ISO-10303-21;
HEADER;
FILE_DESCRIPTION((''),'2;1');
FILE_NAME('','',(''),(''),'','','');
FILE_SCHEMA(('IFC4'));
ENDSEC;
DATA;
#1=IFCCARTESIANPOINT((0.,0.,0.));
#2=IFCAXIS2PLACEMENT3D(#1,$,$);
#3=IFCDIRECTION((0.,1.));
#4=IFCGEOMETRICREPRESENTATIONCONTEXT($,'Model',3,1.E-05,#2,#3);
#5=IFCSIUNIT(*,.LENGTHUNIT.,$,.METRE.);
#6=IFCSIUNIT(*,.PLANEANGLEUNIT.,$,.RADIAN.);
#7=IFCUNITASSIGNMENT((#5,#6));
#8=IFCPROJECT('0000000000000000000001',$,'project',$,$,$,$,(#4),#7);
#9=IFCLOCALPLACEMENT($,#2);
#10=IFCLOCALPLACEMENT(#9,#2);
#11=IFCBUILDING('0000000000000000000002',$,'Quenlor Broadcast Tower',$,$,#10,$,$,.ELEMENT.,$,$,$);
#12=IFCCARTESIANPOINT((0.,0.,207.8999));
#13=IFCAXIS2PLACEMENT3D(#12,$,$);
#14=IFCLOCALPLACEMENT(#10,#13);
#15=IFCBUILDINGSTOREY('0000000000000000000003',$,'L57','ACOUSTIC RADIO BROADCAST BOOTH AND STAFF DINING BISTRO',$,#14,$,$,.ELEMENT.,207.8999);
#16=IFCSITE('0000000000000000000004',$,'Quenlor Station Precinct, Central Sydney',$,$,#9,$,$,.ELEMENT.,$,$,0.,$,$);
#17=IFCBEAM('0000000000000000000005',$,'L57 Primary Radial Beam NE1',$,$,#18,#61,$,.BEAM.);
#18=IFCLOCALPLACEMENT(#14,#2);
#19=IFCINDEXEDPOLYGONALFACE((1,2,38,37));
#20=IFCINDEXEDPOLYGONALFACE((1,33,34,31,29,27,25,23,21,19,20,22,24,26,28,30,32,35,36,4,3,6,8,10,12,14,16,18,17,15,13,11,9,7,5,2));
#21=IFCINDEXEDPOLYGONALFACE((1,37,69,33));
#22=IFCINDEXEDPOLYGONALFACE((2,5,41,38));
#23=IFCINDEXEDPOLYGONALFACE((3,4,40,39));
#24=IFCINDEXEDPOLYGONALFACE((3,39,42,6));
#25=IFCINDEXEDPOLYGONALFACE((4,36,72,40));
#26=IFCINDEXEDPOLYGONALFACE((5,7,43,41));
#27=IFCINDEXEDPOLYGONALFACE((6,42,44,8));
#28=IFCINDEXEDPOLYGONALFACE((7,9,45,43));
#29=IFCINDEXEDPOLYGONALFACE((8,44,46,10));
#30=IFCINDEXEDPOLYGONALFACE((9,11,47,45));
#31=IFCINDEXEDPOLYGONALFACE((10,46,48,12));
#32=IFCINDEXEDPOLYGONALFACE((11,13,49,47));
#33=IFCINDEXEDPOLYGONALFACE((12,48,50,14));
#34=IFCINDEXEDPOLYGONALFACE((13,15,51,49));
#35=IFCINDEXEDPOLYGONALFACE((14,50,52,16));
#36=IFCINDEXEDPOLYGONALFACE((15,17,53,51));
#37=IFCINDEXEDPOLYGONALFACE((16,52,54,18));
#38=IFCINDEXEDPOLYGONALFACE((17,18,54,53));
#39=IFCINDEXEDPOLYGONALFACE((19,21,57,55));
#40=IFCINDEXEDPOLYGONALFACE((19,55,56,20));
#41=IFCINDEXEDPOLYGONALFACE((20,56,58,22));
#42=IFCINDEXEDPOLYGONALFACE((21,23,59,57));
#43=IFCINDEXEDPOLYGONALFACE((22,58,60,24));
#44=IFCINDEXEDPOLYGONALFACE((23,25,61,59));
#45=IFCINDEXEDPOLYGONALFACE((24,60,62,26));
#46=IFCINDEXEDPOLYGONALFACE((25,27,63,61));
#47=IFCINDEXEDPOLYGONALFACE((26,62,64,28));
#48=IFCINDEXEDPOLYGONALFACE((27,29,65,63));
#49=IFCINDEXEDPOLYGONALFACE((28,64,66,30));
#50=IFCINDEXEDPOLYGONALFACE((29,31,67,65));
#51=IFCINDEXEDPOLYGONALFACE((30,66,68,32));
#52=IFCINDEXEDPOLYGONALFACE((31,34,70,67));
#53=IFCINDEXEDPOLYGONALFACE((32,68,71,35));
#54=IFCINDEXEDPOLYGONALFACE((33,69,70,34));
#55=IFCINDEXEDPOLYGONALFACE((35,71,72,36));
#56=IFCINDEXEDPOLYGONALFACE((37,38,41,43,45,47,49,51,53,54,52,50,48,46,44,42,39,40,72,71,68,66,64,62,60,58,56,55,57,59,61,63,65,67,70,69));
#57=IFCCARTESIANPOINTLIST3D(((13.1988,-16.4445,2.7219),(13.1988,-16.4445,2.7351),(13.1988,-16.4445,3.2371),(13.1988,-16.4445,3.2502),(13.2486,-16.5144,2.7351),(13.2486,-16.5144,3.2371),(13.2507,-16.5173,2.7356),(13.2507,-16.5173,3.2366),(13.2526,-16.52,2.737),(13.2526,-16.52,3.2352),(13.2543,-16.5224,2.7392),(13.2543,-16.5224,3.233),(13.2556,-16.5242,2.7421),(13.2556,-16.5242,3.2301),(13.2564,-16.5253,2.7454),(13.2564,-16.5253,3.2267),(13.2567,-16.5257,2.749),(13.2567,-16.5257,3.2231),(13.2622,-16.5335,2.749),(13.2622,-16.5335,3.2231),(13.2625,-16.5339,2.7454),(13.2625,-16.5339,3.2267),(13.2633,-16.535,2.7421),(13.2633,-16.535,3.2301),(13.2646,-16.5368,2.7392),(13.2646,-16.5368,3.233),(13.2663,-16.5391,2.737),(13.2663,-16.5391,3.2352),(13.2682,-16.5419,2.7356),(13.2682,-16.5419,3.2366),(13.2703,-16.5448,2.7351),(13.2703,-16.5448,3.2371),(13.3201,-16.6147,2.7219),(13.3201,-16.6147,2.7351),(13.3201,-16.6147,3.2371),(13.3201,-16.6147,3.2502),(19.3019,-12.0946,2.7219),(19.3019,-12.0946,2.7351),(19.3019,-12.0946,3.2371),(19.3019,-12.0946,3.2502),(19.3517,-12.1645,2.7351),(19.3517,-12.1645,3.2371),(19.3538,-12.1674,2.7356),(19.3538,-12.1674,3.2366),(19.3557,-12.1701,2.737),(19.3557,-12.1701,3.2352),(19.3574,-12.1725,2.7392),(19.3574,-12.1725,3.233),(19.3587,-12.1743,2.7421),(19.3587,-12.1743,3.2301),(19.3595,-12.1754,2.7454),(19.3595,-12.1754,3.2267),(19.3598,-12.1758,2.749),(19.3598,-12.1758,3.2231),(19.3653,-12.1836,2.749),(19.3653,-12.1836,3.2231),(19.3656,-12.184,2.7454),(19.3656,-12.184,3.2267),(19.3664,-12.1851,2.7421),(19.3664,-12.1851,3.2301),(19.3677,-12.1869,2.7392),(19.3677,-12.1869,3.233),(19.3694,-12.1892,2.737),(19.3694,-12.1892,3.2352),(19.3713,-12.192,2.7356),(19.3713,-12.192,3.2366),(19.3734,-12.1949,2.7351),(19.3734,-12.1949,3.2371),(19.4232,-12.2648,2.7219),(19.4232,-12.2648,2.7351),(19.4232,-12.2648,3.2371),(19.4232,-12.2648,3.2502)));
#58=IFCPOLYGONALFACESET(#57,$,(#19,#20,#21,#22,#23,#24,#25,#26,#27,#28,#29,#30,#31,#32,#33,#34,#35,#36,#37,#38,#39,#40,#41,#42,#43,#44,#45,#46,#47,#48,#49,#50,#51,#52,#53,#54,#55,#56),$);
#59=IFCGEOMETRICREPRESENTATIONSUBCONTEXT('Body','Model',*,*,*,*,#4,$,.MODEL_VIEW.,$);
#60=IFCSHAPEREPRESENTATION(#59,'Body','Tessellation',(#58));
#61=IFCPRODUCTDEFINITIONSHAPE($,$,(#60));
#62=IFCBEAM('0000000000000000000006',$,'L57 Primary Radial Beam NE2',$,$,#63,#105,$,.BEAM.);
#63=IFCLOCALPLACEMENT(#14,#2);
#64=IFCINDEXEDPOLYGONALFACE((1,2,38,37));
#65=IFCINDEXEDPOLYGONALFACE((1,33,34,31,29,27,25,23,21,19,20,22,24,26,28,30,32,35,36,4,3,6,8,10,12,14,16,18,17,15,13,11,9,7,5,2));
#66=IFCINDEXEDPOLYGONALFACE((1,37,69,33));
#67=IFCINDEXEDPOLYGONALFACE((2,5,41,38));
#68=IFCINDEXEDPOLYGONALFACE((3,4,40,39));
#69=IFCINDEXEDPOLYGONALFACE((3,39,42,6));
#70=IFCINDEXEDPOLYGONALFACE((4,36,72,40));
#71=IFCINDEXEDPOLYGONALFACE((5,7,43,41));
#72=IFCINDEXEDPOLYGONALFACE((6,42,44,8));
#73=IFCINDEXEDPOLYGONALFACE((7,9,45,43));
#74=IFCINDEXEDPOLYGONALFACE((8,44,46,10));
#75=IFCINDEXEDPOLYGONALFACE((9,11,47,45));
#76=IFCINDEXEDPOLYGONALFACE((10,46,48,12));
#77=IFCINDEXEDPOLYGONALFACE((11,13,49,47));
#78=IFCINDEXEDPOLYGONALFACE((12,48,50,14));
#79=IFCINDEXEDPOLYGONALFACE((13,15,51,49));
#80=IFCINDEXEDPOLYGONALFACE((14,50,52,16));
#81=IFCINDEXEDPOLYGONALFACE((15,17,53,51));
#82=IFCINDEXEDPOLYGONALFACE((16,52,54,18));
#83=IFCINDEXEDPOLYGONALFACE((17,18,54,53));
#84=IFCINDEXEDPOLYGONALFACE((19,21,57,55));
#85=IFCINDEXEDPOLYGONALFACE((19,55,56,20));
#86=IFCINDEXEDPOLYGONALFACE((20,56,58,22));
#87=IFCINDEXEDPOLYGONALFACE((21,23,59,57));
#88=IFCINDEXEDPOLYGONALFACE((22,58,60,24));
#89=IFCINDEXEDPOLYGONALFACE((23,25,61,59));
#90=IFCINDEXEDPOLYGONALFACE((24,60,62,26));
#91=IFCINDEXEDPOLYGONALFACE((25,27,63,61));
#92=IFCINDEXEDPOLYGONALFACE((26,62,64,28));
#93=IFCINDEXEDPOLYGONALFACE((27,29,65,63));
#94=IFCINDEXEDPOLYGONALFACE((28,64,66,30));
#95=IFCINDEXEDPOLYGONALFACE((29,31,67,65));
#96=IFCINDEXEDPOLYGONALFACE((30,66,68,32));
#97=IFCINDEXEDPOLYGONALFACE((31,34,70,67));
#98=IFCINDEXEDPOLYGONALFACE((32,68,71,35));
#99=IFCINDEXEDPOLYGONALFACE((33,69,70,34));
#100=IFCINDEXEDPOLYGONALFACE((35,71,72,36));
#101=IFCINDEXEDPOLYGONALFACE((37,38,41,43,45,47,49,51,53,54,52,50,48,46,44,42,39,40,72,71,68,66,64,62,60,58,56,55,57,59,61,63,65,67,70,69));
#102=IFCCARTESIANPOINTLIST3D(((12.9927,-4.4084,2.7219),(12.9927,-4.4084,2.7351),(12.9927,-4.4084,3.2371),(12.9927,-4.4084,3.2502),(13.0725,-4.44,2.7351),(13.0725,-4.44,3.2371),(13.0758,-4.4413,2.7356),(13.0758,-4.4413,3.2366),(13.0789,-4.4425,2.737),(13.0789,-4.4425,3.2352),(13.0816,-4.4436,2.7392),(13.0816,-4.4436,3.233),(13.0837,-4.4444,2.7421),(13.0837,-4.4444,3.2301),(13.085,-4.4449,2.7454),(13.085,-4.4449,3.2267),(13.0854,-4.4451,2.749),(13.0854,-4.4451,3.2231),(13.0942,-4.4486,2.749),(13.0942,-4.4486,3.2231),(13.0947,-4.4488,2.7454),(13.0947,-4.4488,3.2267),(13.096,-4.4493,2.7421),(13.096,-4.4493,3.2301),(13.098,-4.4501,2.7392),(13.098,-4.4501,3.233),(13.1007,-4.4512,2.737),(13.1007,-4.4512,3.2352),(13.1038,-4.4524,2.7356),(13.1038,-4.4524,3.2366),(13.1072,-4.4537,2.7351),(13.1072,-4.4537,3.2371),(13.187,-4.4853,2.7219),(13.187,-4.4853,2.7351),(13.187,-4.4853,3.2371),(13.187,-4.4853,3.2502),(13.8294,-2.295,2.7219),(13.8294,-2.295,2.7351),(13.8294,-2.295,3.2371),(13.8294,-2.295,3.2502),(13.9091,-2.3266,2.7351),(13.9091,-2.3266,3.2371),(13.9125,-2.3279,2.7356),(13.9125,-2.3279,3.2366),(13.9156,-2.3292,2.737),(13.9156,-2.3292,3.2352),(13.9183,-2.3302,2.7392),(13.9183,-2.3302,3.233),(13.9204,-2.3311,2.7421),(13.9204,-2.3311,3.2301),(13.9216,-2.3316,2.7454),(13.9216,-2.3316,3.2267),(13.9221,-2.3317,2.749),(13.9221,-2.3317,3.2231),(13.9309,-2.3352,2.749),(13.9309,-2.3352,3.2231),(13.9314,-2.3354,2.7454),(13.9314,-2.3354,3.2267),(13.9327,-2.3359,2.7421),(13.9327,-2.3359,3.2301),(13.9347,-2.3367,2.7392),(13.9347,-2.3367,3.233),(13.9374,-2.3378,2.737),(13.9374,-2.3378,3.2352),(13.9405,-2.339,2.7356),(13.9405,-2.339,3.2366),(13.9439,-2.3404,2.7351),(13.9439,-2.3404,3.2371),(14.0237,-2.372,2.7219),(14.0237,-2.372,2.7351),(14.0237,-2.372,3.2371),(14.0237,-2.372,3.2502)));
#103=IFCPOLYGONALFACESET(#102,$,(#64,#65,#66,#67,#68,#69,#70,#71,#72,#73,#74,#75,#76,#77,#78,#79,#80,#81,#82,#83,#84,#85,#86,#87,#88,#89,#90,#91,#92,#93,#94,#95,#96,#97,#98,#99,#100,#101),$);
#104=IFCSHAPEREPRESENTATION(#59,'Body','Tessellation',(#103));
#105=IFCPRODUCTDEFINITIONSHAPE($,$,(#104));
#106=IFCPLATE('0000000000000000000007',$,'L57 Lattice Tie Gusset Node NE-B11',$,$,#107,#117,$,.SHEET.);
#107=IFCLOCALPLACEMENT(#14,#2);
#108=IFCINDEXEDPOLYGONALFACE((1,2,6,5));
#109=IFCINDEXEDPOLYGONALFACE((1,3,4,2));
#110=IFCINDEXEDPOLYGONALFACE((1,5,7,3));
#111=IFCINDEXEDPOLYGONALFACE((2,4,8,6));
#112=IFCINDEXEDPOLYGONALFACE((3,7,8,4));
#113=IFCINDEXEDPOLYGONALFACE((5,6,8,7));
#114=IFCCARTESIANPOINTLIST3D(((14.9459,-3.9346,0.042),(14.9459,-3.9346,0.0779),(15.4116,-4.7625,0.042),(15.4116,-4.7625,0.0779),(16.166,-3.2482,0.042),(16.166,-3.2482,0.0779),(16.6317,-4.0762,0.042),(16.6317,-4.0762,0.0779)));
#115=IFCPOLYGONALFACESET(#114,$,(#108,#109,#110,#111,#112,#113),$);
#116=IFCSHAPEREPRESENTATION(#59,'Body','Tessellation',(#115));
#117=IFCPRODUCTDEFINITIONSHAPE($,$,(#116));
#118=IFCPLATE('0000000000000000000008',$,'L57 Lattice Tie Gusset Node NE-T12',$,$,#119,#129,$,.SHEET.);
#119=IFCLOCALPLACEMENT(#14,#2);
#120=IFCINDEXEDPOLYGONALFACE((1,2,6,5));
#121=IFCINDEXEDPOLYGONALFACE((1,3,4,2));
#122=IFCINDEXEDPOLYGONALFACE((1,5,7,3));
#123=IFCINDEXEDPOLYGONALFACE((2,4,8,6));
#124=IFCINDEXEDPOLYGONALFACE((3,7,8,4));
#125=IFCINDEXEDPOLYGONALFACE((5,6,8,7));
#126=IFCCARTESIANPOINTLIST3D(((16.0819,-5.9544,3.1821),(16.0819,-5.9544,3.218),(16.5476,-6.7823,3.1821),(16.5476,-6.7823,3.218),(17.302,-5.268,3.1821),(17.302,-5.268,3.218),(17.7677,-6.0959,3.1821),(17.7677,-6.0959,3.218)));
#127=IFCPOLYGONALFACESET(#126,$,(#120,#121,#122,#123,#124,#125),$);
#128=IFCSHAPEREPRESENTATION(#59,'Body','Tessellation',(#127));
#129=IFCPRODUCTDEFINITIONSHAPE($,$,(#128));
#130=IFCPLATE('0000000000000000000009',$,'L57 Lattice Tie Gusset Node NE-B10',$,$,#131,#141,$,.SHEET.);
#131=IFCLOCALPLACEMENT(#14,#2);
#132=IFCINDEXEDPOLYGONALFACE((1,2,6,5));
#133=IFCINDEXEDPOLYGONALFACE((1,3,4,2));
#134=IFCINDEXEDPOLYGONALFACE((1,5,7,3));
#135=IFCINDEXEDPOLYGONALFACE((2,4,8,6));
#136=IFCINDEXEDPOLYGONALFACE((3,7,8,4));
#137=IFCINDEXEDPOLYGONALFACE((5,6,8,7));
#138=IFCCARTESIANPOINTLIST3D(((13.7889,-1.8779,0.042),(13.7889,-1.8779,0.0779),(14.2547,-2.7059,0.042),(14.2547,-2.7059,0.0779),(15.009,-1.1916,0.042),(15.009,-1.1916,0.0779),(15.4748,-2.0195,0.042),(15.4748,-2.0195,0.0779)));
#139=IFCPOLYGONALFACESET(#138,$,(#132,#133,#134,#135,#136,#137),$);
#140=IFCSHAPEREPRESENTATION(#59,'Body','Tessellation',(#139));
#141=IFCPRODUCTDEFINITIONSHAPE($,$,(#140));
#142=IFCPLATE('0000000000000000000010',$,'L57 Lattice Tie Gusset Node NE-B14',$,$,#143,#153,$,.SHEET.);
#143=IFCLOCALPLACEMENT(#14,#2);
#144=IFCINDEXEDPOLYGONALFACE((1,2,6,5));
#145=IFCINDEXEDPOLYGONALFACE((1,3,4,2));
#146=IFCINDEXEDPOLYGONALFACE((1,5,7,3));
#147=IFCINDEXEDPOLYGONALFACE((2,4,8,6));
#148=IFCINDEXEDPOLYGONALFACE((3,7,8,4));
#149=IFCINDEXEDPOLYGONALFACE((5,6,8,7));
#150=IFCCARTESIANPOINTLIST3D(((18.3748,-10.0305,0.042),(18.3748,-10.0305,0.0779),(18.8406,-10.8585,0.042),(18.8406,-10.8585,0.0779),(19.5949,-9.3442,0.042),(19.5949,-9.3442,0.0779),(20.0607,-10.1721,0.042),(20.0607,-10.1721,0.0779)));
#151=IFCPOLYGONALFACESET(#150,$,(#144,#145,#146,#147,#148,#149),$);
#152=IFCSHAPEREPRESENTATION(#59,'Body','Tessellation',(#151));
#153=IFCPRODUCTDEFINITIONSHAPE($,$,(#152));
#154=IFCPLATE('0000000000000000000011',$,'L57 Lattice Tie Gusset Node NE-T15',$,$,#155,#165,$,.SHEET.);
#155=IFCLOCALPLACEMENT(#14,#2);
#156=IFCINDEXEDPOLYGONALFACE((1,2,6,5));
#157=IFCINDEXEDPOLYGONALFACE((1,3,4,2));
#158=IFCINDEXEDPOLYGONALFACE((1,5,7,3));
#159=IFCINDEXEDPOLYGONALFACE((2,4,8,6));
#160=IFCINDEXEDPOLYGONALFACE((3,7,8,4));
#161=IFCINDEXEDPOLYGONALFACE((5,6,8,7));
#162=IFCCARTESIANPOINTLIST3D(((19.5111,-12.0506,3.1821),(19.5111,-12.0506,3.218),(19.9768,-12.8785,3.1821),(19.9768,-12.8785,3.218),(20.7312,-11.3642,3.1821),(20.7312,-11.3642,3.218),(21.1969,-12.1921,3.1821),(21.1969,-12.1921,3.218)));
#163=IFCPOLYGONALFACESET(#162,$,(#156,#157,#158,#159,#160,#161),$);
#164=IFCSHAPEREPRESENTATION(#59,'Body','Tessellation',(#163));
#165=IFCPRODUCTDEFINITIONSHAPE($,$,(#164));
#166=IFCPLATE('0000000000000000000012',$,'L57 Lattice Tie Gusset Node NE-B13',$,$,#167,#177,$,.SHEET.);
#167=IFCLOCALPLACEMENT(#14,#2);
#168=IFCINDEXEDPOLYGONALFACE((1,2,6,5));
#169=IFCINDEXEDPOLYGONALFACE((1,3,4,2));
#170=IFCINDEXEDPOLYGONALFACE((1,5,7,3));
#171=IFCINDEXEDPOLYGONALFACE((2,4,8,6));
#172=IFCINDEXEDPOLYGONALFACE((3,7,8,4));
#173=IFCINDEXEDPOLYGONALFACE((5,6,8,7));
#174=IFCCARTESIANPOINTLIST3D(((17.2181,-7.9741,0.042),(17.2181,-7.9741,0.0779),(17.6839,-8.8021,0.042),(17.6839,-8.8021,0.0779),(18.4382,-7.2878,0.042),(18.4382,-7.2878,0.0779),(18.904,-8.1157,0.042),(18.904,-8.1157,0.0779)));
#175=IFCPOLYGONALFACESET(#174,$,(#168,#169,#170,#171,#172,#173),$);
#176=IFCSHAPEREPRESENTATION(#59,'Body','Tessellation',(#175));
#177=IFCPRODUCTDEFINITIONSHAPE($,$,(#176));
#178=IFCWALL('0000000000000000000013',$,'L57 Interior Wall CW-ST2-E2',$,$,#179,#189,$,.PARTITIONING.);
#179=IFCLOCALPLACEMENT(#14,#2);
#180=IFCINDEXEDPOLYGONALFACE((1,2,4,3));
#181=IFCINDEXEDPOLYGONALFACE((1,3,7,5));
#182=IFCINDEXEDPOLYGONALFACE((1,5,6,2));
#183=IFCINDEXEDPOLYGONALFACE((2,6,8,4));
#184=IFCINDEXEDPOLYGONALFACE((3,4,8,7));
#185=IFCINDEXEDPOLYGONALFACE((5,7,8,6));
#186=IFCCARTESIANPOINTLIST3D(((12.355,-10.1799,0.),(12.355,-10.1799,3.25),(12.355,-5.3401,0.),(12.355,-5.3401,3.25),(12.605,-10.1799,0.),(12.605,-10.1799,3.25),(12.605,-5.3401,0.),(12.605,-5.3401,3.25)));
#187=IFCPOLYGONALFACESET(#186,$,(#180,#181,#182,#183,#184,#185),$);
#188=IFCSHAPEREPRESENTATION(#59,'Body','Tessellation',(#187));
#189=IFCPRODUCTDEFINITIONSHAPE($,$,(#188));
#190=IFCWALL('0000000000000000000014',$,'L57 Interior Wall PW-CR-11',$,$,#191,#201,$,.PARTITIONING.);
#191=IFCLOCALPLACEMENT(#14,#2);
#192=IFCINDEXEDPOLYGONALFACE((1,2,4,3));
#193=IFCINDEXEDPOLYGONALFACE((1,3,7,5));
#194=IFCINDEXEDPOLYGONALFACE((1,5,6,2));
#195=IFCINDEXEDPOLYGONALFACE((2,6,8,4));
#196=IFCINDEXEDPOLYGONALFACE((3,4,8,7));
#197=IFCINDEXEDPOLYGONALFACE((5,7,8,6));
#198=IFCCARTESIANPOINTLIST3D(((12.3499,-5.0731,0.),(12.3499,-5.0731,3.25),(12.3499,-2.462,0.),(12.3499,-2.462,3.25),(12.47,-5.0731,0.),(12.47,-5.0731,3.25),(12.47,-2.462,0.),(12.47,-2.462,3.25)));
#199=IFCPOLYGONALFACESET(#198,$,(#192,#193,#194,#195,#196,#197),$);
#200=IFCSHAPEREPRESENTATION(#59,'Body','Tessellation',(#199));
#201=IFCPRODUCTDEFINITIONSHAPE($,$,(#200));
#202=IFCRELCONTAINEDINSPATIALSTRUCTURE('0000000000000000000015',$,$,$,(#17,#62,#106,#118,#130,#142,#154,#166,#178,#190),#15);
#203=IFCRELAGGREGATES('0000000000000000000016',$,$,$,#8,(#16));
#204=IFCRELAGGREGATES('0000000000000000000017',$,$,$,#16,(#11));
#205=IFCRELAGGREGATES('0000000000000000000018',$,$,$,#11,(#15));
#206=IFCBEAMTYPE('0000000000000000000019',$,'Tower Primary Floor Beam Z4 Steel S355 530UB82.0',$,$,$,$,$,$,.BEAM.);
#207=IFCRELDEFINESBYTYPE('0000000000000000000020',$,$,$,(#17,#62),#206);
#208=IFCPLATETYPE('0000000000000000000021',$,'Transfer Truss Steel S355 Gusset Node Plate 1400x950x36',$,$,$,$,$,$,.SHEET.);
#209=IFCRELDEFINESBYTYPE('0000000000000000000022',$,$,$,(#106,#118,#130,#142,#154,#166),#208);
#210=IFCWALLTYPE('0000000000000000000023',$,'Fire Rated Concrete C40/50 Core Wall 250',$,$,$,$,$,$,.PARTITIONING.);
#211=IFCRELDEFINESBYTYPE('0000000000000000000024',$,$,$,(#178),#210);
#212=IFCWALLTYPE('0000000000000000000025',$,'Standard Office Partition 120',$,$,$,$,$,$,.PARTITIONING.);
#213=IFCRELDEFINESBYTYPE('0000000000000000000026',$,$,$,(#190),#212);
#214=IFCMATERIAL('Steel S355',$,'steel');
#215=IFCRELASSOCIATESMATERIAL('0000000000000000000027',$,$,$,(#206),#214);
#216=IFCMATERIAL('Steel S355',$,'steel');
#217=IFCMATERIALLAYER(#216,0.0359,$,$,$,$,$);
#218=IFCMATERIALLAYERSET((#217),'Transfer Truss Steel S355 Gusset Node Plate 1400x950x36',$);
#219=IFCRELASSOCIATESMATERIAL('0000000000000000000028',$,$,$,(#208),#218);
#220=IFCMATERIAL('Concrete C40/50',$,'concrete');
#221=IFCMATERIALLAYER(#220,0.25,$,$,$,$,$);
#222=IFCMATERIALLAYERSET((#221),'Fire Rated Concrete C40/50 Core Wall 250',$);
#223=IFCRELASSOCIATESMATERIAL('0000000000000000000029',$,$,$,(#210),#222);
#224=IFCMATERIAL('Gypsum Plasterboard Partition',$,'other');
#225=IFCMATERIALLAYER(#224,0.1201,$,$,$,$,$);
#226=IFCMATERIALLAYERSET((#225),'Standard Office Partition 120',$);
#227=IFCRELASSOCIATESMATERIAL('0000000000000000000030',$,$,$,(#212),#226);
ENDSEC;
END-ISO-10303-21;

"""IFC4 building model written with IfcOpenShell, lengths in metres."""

from ifc_helpers import new_model, si_unit, direction, frame, frame_2d, origin, origin_2d, place, context, subcontext, project, spatial, rectangle, i_section, extrude, material, layer, layer_set, material_profile, profile_set, type_object, element, save


model = new_model("IFC4")

# Units and contexts
model_context = context("Model", 3, precision=1e-05, world=origin(), true_north=direction((0.0, 1.0)))
body_context = subcontext(model_context, "Body", "Model", "MODEL_VIEW")
ifc_project = project(units=[si_unit("LENGTHUNIT", "METRE"), si_unit("PLANEANGLEUNIT", "RADIAN")], contexts=[model_context])

# Site, building, storey
site_placement = place(None, origin())
site = spatial("IfcSite", under=ifc_project, at=site_placement, Name="Quenlor Station Precinct, Central Sydney", CompositionType="ELEMENT", RefElevation=0.0)
building_placement = place(site_placement, origin())
building = spatial("IfcBuilding", under=site, at=building_placement, Name="Quenlor Broadcast Tower", CompositionType="ELEMENT")
storey_placement = place(building_placement, frame((0.0, 0.0, 207.8999)))
storey = spatial("IfcBuildingStorey", under=building, at=storey_placement, Name="L57", Description="ACOUSTIC RADIO BROADCAST BOOTH AND STAFF DINING BISTRO", CompositionType="ELEMENT", Elevation=207.8999)

# Beams
ifc_material_1 = material(Name="Steel S355", Category="steel")
ifc_material_profile_1 = material_profile(ifc_material_1, i_section(OverallWidth=0.209, OverallDepth=0.5283, WebThickness=0.0095, FlangeThickness=0.0132, FilletRadius=0.0139, at=origin_2d()))
ifc_profile_set_1 = profile_set([ifc_material_profile_1], Name="Steel S355 530UB82.0")
beam_type_1 = type_object("IfcBeamType", Name="Tower Primary Floor Beam Z4 Steel S355 530UB82.0", PredefinedType="BEAM", material=ifc_profile_set_1)
beam_1_placement = place(storey_placement, frame((19.3625, -12.1797, 2.9861), z_axis=(-0.81433, -0.580403, 0.0), x_axis=(0.580403, -0.81433, 0.0)))
element("IfcBeam", 1, at=beam_1_placement, inside=storey, type_object=beam_type_1, Name="L57 Primary Radial Beam NE1", PredefinedType="BEAM", context=body_context, shape_type="SweptSolid", body=[
    extrude(i_section(OverallWidth=0.209, OverallDepth=0.5283, WebThickness=0.0095, FlangeThickness=0.0132, FilletRadius=0.0139, at=origin_2d()), origin(), (0.0, 0.0, 1.0), 7.4946),
])
beam_2_placement = place(storey_placement, frame((13.9265, -2.3335, 2.9861), z_axis=(-0.36811, -0.929782, 0.0), x_axis=(0.929782, -0.36811, 0.0)))
element("IfcBeam", 2, at=beam_2_placement, inside=storey, type_object=beam_type_1, Name="L57 Primary Radial Beam NE2", PredefinedType="BEAM", context=body_context, shape_type="SweptSolid", body=[
    extrude(i_section(OverallWidth=0.209, OverallDepth=0.5283, WebThickness=0.0095, FlangeThickness=0.0132, FilletRadius=0.0139, at=origin_2d()), origin(), (0.0, 0.0, 1.0), 2.2729),
])

# Plates
ifc_material_2 = material(Name="Steel S355", Category="steel")
ifc_layer_1 = layer(ifc_material_2, 0.0359)
ifc_layer_set_1 = layer_set([ifc_layer_1], Name="Transfer Truss Steel S355 Gusset Node Plate 1400x950x36")
plate_type = type_object("IfcPlateType", Name="Transfer Truss Steel S355 Gusset Node Plate 1400x950x36", PredefinedType="SHEET", material=ifc_layer_set_1)
for number, where, z_axis, x_axis, name in (
    (3, (15.7888, -4.0054, 0.042), (0.0, 0.0, 1.0), (0.871556, 0.490295, 0.0), "L57 Lattice Tie Gusset Node NE-B11"),
    (4, (16.9248, -6.0251, 3.1821), (0.0, 0.0, 1.0), (0.871556, 0.490295, 0.0), "L57 Lattice Tie Gusset Node NE-T12"),
    (5, (14.6318, -1.9487, 0.042), (0.0, 0.0, 1.0), (0.871556, 0.490295, 0.0), "L57 Lattice Tie Gusset Node NE-B10"),
    (6, (19.2178, -10.1013, 0.042), (0.0, 0.0, 1.0), (0.871556, 0.490295, 0.0), "L57 Lattice Tie Gusset Node NE-B14"),
    (7, (20.354, -12.1213, 3.1821), (0.0, 0.0, 1.0), (0.871556, 0.490295, 0.0), "L57 Lattice Tie Gusset Node NE-T15"),
    (8, (18.061, -8.0449, 0.042), (0.0, 0.0, 1.0), (0.871556, 0.490295, 0.0), "L57 Lattice Tie Gusset Node NE-B13"),
):
    element("IfcPlate", number, at=place(storey_placement, frame(where, z_axis=z_axis, x_axis=x_axis)), inside=storey, type_object=plate_type, Name=name, PredefinedType="SHEET", context=body_context, shape_type="SweptSolid", body=[
        extrude(rectangle(XDim=1.3999, YDim=0.95, at=origin_2d()), origin(), (0.0, 0.0, 1.0), 0.0359),
    ])

# Walls
ifc_material_3 = material(Name="Concrete C40/50", Category="concrete")
ifc_layer_2 = layer(ifc_material_3, 0.25)
ifc_layer_set_2 = layer_set([ifc_layer_2], Name="Fire Rated Concrete C40/50 Core Wall 250")
wall_type_1 = type_object("IfcWallType", Name="Fire Rated Concrete C40/50 Core Wall 250", PredefinedType="PARTITIONING", material=ifc_layer_set_2)
wall_1_placement = place(storey_placement, frame((12.48, -10.1799, 0.0), z_axis=(0.0, 0.0, 1.0), x_axis=(0.0, 1.0, 0.0)))
element("IfcWall", 9, at=wall_1_placement, inside=storey, type_object=wall_type_1, Name="L57 Interior Wall CW-ST2-E2", PredefinedType="PARTITIONING", context=body_context, shape_type="SweptSolid", body=[
    extrude(rectangle(XDim=4.8398, YDim=0.25, at=frame_2d((2.4199, 0.0))), origin(), (0.0, 0.0, 1.0), 3.25),
])
ifc_material_4 = material(Name="Gypsum Plasterboard Partition", Category="other")
ifc_layer_3 = layer(ifc_material_4, 0.1201)
ifc_layer_set_3 = layer_set([ifc_layer_3], Name="Standard Office Partition 120")
wall_type_2 = type_object("IfcWallType", Name="Standard Office Partition 120", PredefinedType="PARTITIONING", material=ifc_layer_set_3)
wall_2_placement = place(storey_placement, frame((12.4099, -2.4619, 0.0), z_axis=(0.0, 0.0, 1.0), x_axis=(0.0, -1.0, 0.0)))
element("IfcWall", 10, at=wall_2_placement, inside=storey, type_object=wall_type_2, Name="L57 Interior Wall PW-CR-11", PredefinedType="PARTITIONING", context=body_context, shape_type="SweptSolid", body=[
    extrude(rectangle(XDim=2.6111, YDim=0.1201, at=frame_2d((1.3057, 0.0))), origin(), (0.0, 0.0, 1.0), 3.25),
])

save(model, "model.ifc")
